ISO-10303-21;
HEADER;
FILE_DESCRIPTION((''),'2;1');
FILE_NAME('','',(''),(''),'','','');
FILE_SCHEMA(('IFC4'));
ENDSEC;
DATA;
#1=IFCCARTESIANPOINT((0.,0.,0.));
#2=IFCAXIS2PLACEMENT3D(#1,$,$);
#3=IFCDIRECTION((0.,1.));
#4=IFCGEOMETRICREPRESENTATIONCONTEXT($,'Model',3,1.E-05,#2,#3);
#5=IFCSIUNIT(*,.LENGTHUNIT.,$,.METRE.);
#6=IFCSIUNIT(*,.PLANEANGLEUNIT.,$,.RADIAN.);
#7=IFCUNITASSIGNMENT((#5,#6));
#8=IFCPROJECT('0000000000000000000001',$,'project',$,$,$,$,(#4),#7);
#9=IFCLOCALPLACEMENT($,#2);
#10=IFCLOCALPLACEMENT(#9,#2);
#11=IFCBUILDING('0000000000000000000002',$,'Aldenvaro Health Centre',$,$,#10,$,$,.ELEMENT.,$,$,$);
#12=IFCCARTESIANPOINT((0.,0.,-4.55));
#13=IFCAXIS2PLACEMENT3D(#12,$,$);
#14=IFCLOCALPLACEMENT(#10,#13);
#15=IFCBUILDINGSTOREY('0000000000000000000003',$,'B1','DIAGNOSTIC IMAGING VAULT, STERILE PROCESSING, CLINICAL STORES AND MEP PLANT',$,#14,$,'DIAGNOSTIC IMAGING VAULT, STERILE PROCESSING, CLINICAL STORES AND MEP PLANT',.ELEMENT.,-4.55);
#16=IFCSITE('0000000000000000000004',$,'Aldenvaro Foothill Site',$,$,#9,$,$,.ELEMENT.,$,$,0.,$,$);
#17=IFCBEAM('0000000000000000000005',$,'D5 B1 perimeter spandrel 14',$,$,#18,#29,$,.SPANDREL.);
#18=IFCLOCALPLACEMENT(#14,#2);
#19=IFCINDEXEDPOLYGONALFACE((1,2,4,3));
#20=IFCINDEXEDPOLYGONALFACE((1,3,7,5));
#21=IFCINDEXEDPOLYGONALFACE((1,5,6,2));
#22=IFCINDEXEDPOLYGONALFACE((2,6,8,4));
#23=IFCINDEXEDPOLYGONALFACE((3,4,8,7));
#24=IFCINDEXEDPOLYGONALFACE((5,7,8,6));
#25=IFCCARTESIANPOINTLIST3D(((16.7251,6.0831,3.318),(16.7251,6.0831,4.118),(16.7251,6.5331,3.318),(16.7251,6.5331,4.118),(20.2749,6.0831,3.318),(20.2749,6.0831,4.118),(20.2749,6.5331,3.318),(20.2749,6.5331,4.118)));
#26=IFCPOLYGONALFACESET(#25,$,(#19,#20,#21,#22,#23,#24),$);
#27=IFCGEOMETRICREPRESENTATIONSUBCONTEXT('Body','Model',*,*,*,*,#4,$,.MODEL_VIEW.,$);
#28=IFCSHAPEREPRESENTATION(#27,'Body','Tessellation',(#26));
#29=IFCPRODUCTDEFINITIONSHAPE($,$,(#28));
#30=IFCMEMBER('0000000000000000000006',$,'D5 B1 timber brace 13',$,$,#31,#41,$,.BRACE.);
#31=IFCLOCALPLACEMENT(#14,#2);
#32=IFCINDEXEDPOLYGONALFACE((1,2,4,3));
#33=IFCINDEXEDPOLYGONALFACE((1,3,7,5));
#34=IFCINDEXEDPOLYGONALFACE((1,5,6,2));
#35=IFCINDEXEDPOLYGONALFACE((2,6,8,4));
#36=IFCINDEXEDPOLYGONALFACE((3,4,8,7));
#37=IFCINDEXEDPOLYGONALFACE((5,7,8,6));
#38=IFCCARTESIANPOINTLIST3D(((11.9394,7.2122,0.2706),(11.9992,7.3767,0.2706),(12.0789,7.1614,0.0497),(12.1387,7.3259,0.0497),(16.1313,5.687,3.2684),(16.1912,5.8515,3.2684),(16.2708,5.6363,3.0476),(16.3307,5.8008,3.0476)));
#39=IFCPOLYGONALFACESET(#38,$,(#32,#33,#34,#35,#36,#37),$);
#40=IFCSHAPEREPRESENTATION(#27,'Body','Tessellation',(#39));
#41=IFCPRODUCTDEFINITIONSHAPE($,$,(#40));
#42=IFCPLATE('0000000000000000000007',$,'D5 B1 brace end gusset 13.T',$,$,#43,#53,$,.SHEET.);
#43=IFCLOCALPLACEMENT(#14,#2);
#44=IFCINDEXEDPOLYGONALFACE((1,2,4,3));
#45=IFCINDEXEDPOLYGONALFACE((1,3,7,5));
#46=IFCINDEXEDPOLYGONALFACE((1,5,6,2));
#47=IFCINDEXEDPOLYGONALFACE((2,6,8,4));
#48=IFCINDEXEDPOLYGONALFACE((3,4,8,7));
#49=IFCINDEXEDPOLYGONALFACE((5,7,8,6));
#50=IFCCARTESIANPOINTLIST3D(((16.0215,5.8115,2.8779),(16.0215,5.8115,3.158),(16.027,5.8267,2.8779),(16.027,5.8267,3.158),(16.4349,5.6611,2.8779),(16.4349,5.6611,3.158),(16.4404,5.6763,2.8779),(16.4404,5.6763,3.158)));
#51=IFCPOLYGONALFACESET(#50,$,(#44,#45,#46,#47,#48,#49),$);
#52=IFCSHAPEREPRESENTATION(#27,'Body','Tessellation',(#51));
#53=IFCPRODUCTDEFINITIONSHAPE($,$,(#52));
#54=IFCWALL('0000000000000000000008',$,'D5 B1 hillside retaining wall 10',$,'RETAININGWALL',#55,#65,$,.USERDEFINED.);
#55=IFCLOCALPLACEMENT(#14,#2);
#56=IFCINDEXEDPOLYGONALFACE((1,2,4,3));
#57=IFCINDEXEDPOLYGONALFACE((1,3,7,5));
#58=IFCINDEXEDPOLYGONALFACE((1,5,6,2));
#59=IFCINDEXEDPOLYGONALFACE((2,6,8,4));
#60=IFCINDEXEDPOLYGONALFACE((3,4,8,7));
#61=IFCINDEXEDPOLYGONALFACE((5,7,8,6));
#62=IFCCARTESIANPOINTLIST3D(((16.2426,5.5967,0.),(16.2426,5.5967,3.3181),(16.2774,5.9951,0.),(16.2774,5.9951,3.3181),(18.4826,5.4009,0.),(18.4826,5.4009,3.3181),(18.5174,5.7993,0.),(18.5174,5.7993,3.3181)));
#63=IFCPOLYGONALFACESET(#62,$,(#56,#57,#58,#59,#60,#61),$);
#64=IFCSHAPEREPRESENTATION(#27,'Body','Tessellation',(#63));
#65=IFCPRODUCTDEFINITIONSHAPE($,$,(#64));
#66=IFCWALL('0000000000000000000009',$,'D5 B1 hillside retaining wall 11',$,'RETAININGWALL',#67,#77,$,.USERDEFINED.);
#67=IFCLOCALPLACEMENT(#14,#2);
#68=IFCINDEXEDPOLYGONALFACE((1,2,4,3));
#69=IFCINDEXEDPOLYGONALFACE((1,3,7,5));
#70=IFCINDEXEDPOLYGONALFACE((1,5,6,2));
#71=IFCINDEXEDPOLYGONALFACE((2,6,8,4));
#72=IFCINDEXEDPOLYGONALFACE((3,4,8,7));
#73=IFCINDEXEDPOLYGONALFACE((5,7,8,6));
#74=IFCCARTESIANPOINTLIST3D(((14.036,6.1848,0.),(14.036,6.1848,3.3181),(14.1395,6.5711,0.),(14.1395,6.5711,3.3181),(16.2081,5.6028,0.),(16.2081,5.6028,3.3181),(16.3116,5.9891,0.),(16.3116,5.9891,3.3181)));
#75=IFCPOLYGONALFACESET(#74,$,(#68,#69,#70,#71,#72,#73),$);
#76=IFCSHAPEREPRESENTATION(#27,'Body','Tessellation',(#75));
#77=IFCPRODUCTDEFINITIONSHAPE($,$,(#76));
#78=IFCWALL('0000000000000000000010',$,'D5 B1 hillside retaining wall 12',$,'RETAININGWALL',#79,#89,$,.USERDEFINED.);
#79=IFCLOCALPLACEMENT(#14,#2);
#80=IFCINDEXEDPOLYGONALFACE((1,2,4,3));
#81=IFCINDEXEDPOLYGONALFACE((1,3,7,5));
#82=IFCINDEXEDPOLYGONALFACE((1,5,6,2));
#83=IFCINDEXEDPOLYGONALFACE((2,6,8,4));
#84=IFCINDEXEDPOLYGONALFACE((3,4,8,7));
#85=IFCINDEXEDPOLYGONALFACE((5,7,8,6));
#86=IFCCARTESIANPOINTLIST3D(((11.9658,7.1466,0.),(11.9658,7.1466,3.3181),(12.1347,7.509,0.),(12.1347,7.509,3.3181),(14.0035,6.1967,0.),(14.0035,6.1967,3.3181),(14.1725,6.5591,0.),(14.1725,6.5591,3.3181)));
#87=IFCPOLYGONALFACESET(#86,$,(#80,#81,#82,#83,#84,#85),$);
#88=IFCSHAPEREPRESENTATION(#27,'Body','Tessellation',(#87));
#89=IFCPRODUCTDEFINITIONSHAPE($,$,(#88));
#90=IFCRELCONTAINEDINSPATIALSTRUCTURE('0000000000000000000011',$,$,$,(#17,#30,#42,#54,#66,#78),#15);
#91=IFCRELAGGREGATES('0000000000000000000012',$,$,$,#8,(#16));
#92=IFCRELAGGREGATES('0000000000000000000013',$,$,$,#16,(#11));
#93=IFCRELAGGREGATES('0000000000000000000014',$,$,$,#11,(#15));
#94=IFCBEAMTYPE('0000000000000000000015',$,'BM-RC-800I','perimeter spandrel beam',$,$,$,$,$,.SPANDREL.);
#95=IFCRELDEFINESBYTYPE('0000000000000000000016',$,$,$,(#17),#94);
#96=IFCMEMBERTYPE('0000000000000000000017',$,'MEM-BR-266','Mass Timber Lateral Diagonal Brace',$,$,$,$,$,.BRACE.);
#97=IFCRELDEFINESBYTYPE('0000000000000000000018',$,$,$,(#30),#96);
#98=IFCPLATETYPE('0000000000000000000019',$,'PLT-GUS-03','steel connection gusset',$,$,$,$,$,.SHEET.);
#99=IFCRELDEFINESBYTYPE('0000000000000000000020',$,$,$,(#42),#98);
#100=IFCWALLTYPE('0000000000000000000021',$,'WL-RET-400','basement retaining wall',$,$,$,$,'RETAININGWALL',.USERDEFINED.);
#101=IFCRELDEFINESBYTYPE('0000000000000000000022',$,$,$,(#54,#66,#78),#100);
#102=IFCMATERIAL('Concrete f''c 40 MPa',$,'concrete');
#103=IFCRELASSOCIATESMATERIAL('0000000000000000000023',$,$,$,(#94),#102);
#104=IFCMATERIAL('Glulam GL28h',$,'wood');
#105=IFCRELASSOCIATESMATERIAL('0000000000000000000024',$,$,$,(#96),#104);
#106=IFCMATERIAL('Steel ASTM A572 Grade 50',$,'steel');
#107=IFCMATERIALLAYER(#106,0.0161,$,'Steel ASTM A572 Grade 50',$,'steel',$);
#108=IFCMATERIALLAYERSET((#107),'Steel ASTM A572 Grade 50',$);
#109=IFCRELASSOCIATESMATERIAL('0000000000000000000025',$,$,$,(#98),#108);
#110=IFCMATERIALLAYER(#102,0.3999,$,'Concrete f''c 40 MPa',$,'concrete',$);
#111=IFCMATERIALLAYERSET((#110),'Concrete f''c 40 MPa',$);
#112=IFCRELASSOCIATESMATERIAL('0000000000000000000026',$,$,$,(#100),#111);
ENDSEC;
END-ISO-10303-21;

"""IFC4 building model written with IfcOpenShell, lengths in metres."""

from ifc_helpers import new_model, si_unit, direction, frame, frame_2d, origin, origin_2d, place, context, subcontext, project, spatial, rectangle, extrude, material, layer, layer_set, material_profile, profile_set, type_object, element, save


model = new_model("IFC4")

# Units and contexts
model_context = context("Model", 3, precision=1e-05, world=origin(), true_north=direction((0.0, 1.0)))
body_context = subcontext(model_context, "Body", "Model", "MODEL_VIEW")
ifc_project = project(units=[si_unit("LENGTHUNIT", "METRE"), si_unit("PLANEANGLEUNIT", "RADIAN")], contexts=[model_context])

# Site, building, storey
site_placement = place(None, origin())
site = spatial("IfcSite", under=ifc_project, at=site_placement, Name="Aldenvaro Foothill Site", CompositionType="ELEMENT", RefElevation=0.0)
building_placement = place(site_placement, origin())
building = spatial("IfcBuilding", under=site, at=building_placement, Name="Aldenvaro Health Centre", CompositionType="ELEMENT")
storey_placement = place(building_placement, frame((0.0, 0.0, -4.55)))
storey = spatial("IfcBuildingStorey", under=building, at=storey_placement, Name="B1", Description="DIAGNOSTIC IMAGING VAULT, STERILE PROCESSING, CLINICAL STORES AND MEP PLANT", LongName="DIAGNOSTIC IMAGING VAULT, STERILE PROCESSING, CLINICAL STORES AND MEP PLANT", CompositionType="ELEMENT", Elevation=-4.55)

# Shared definitions
ifc_material_1 = material(Name="Concrete f'c 40 MPa", Category="concrete")

# Beam
ifc_material_profile_1 = material_profile(ifc_material_1, rectangle(XDim=0.45, YDim=0.8, at=origin_2d()), Name="RC 450x800", Category="concrete")
ifc_profile_set_1 = profile_set([ifc_material_profile_1], Name="Concrete f'c 40 MPa")
beam_type_1 = type_object("IfcBeamType", Name="BM-RC-800I", Description="perimeter spandrel beam", PredefinedType="SPANDREL", material=ifc_profile_set_1)
beam_placement = place(storey_placement, frame((16.7251, 6.3081, 3.718), z_axis=(1.0, 0.0, 0.0), x_axis=(0.0, 1.0, 0.0)))
element("IfcBeam", 1, at=beam_placement, inside=storey, type_object=beam_type_1, Name="D5 B1 perimeter spandrel 14", PredefinedType="SPANDREL", context=body_context, shape_type="SweptSolid", body=[
    extrude(rectangle(XDim=0.45, YDim=0.8, at=origin_2d()), origin(), (0.0, 0.0, 1.0), 3.5498),
])

# Member
ifc_material_2 = material(Name="Glulam GL28h", Category="wood")
ifc_material_profile_2 = material_profile(ifc_material_2, rectangle(XDim=0.175, YDim=0.2661, at=origin_2d()), Name="GL 175x266", Category="wood")
ifc_profile_set_2 = profile_set([ifc_material_profile_2], Name="Glulam GL28h")
member_type = type_object("IfcMemberType", Name="MEM-BR-266", Description="Mass Timber Lateral Diagonal Brace", PredefinedType="BRACE", material=ifc_profile_set_2)
member_placement = place(storey_placement, frame((12.0391, 7.269, 0.1602), z_axis=(0.779965, -0.283776, 0.557786), x_axis=(0.341906, 0.939734, 0.0)))
element("IfcMember", 2, at=member_placement, inside=storey, type_object=member_type, Name="D5 B1 timber brace 13", PredefinedType="BRACE", context=body_context, shape_type="SweptSolid", body=[
    extrude(rectangle(XDim=0.175, YDim=0.2661, at=origin_2d()), origin(), (0.0, 0.0, 1.0), 5.3745),
])

# Plate
ifc_material_3 = material(Name="Steel ASTM A572 Grade 50", Category="steel")
ifc_layer_1 = layer(ifc_material_3, 0.0161, Name="Steel ASTM A572 Grade 50", Category="steel")
ifc_layer_set_1 = layer_set([ifc_layer_1], Name="Steel ASTM A572 Grade 50")
plate_type = type_object("IfcPlateType", Name="PLT-GUS-03", Description="steel connection gusset", PredefinedType="SHEET", material=ifc_layer_set_1)
plate_placement = place(storey_placement, frame((16.231, 5.7439, 2.8779), z_axis=(0.0, 0.0, 1.0), x_axis=(0.939746, -0.341873, 0.0)))
element("IfcPlate", 3, at=plate_placement, inside=storey, type_object=plate_type, Name="D5 B1 brace end gusset 13.T", PredefinedType="SHEET", context=body_context, shape_type="SweptSolid", body=[
    extrude(rectangle(XDim=0.4399, YDim=0.0161, at=origin_2d()), origin(), (0.0, 0.0, 1.0), 0.28),
])

# Walls
ifc_layer_2 = layer(ifc_material_1, 0.3999, Name="Concrete f'c 40 MPa", Category="concrete")
ifc_layer_set_2 = layer_set([ifc_layer_2], Name="Concrete f'c 40 MPa")
wall_type = type_object("IfcWallType", Name="WL-RET-400", Description="basement retaining wall", ElementType="RETAININGWALL", PredefinedType="USERDEFINED", material=ifc_layer_set_2)
wall_1_placement = place(storey_placement, frame((18.5, 5.6001, 0.0), z_axis=(0.0, 0.0, 1.0), x_axis=(-0.996201, 0.087079, 0.0)))
element("IfcWall", 4, at=wall_1_placement, inside=storey, type_object=wall_type, Name="D5 B1 hillside retaining wall 10", ObjectType="RETAININGWALL", PredefinedType="USERDEFINED", context=body_context, shape_type="SweptSolid", body=[
    extrude(rectangle(XDim=2.2485, YDim=0.3999, at=frame_2d((1.1243, 0.0))), origin(), (0.0, 0.0, 1.0), 3.3181),
])
wall_2_placement = place(storey_placement, frame((16.26, 5.7959, 0.0), z_axis=(0.0, 0.0, 1.0), x_axis=(-0.965924, 0.258825, 0.0)))
element("IfcWall", 5, at=wall_2_placement, inside=storey, type_object=wall_type, Name="D5 B1 hillside retaining wall 11", ObjectType="RETAININGWALL", PredefinedType="USERDEFINED", context=body_context, shape_type="SweptSolid", body=[
    extrude(rectangle(XDim=2.2488, YDim=0.3999, at=frame_2d((1.1245, 0.0))), origin(), (0.0, 0.0, 1.0), 3.3181),
])
wall_3_placement = place(storey_placement, frame((14.0879, 6.3779, 0.0), z_axis=(0.0, 0.0, 1.0), x_axis=(-0.906361, 0.422505, 0.0)))
element("IfcWall", 6, at=wall_3_placement, inside=storey, type_object=wall_type, Name="D5 B1 hillside retaining wall 12", ObjectType="RETAININGWALL", PredefinedType="USERDEFINED", context=body_context, shape_type="SweptSolid", body=[
    extrude(rectangle(XDim=2.2483, YDim=0.3999, at=frame_2d((1.124, 0.0))), origin(), (0.0, 0.0, 1.0), 3.3181),
])

save(model, "model.ifc")
